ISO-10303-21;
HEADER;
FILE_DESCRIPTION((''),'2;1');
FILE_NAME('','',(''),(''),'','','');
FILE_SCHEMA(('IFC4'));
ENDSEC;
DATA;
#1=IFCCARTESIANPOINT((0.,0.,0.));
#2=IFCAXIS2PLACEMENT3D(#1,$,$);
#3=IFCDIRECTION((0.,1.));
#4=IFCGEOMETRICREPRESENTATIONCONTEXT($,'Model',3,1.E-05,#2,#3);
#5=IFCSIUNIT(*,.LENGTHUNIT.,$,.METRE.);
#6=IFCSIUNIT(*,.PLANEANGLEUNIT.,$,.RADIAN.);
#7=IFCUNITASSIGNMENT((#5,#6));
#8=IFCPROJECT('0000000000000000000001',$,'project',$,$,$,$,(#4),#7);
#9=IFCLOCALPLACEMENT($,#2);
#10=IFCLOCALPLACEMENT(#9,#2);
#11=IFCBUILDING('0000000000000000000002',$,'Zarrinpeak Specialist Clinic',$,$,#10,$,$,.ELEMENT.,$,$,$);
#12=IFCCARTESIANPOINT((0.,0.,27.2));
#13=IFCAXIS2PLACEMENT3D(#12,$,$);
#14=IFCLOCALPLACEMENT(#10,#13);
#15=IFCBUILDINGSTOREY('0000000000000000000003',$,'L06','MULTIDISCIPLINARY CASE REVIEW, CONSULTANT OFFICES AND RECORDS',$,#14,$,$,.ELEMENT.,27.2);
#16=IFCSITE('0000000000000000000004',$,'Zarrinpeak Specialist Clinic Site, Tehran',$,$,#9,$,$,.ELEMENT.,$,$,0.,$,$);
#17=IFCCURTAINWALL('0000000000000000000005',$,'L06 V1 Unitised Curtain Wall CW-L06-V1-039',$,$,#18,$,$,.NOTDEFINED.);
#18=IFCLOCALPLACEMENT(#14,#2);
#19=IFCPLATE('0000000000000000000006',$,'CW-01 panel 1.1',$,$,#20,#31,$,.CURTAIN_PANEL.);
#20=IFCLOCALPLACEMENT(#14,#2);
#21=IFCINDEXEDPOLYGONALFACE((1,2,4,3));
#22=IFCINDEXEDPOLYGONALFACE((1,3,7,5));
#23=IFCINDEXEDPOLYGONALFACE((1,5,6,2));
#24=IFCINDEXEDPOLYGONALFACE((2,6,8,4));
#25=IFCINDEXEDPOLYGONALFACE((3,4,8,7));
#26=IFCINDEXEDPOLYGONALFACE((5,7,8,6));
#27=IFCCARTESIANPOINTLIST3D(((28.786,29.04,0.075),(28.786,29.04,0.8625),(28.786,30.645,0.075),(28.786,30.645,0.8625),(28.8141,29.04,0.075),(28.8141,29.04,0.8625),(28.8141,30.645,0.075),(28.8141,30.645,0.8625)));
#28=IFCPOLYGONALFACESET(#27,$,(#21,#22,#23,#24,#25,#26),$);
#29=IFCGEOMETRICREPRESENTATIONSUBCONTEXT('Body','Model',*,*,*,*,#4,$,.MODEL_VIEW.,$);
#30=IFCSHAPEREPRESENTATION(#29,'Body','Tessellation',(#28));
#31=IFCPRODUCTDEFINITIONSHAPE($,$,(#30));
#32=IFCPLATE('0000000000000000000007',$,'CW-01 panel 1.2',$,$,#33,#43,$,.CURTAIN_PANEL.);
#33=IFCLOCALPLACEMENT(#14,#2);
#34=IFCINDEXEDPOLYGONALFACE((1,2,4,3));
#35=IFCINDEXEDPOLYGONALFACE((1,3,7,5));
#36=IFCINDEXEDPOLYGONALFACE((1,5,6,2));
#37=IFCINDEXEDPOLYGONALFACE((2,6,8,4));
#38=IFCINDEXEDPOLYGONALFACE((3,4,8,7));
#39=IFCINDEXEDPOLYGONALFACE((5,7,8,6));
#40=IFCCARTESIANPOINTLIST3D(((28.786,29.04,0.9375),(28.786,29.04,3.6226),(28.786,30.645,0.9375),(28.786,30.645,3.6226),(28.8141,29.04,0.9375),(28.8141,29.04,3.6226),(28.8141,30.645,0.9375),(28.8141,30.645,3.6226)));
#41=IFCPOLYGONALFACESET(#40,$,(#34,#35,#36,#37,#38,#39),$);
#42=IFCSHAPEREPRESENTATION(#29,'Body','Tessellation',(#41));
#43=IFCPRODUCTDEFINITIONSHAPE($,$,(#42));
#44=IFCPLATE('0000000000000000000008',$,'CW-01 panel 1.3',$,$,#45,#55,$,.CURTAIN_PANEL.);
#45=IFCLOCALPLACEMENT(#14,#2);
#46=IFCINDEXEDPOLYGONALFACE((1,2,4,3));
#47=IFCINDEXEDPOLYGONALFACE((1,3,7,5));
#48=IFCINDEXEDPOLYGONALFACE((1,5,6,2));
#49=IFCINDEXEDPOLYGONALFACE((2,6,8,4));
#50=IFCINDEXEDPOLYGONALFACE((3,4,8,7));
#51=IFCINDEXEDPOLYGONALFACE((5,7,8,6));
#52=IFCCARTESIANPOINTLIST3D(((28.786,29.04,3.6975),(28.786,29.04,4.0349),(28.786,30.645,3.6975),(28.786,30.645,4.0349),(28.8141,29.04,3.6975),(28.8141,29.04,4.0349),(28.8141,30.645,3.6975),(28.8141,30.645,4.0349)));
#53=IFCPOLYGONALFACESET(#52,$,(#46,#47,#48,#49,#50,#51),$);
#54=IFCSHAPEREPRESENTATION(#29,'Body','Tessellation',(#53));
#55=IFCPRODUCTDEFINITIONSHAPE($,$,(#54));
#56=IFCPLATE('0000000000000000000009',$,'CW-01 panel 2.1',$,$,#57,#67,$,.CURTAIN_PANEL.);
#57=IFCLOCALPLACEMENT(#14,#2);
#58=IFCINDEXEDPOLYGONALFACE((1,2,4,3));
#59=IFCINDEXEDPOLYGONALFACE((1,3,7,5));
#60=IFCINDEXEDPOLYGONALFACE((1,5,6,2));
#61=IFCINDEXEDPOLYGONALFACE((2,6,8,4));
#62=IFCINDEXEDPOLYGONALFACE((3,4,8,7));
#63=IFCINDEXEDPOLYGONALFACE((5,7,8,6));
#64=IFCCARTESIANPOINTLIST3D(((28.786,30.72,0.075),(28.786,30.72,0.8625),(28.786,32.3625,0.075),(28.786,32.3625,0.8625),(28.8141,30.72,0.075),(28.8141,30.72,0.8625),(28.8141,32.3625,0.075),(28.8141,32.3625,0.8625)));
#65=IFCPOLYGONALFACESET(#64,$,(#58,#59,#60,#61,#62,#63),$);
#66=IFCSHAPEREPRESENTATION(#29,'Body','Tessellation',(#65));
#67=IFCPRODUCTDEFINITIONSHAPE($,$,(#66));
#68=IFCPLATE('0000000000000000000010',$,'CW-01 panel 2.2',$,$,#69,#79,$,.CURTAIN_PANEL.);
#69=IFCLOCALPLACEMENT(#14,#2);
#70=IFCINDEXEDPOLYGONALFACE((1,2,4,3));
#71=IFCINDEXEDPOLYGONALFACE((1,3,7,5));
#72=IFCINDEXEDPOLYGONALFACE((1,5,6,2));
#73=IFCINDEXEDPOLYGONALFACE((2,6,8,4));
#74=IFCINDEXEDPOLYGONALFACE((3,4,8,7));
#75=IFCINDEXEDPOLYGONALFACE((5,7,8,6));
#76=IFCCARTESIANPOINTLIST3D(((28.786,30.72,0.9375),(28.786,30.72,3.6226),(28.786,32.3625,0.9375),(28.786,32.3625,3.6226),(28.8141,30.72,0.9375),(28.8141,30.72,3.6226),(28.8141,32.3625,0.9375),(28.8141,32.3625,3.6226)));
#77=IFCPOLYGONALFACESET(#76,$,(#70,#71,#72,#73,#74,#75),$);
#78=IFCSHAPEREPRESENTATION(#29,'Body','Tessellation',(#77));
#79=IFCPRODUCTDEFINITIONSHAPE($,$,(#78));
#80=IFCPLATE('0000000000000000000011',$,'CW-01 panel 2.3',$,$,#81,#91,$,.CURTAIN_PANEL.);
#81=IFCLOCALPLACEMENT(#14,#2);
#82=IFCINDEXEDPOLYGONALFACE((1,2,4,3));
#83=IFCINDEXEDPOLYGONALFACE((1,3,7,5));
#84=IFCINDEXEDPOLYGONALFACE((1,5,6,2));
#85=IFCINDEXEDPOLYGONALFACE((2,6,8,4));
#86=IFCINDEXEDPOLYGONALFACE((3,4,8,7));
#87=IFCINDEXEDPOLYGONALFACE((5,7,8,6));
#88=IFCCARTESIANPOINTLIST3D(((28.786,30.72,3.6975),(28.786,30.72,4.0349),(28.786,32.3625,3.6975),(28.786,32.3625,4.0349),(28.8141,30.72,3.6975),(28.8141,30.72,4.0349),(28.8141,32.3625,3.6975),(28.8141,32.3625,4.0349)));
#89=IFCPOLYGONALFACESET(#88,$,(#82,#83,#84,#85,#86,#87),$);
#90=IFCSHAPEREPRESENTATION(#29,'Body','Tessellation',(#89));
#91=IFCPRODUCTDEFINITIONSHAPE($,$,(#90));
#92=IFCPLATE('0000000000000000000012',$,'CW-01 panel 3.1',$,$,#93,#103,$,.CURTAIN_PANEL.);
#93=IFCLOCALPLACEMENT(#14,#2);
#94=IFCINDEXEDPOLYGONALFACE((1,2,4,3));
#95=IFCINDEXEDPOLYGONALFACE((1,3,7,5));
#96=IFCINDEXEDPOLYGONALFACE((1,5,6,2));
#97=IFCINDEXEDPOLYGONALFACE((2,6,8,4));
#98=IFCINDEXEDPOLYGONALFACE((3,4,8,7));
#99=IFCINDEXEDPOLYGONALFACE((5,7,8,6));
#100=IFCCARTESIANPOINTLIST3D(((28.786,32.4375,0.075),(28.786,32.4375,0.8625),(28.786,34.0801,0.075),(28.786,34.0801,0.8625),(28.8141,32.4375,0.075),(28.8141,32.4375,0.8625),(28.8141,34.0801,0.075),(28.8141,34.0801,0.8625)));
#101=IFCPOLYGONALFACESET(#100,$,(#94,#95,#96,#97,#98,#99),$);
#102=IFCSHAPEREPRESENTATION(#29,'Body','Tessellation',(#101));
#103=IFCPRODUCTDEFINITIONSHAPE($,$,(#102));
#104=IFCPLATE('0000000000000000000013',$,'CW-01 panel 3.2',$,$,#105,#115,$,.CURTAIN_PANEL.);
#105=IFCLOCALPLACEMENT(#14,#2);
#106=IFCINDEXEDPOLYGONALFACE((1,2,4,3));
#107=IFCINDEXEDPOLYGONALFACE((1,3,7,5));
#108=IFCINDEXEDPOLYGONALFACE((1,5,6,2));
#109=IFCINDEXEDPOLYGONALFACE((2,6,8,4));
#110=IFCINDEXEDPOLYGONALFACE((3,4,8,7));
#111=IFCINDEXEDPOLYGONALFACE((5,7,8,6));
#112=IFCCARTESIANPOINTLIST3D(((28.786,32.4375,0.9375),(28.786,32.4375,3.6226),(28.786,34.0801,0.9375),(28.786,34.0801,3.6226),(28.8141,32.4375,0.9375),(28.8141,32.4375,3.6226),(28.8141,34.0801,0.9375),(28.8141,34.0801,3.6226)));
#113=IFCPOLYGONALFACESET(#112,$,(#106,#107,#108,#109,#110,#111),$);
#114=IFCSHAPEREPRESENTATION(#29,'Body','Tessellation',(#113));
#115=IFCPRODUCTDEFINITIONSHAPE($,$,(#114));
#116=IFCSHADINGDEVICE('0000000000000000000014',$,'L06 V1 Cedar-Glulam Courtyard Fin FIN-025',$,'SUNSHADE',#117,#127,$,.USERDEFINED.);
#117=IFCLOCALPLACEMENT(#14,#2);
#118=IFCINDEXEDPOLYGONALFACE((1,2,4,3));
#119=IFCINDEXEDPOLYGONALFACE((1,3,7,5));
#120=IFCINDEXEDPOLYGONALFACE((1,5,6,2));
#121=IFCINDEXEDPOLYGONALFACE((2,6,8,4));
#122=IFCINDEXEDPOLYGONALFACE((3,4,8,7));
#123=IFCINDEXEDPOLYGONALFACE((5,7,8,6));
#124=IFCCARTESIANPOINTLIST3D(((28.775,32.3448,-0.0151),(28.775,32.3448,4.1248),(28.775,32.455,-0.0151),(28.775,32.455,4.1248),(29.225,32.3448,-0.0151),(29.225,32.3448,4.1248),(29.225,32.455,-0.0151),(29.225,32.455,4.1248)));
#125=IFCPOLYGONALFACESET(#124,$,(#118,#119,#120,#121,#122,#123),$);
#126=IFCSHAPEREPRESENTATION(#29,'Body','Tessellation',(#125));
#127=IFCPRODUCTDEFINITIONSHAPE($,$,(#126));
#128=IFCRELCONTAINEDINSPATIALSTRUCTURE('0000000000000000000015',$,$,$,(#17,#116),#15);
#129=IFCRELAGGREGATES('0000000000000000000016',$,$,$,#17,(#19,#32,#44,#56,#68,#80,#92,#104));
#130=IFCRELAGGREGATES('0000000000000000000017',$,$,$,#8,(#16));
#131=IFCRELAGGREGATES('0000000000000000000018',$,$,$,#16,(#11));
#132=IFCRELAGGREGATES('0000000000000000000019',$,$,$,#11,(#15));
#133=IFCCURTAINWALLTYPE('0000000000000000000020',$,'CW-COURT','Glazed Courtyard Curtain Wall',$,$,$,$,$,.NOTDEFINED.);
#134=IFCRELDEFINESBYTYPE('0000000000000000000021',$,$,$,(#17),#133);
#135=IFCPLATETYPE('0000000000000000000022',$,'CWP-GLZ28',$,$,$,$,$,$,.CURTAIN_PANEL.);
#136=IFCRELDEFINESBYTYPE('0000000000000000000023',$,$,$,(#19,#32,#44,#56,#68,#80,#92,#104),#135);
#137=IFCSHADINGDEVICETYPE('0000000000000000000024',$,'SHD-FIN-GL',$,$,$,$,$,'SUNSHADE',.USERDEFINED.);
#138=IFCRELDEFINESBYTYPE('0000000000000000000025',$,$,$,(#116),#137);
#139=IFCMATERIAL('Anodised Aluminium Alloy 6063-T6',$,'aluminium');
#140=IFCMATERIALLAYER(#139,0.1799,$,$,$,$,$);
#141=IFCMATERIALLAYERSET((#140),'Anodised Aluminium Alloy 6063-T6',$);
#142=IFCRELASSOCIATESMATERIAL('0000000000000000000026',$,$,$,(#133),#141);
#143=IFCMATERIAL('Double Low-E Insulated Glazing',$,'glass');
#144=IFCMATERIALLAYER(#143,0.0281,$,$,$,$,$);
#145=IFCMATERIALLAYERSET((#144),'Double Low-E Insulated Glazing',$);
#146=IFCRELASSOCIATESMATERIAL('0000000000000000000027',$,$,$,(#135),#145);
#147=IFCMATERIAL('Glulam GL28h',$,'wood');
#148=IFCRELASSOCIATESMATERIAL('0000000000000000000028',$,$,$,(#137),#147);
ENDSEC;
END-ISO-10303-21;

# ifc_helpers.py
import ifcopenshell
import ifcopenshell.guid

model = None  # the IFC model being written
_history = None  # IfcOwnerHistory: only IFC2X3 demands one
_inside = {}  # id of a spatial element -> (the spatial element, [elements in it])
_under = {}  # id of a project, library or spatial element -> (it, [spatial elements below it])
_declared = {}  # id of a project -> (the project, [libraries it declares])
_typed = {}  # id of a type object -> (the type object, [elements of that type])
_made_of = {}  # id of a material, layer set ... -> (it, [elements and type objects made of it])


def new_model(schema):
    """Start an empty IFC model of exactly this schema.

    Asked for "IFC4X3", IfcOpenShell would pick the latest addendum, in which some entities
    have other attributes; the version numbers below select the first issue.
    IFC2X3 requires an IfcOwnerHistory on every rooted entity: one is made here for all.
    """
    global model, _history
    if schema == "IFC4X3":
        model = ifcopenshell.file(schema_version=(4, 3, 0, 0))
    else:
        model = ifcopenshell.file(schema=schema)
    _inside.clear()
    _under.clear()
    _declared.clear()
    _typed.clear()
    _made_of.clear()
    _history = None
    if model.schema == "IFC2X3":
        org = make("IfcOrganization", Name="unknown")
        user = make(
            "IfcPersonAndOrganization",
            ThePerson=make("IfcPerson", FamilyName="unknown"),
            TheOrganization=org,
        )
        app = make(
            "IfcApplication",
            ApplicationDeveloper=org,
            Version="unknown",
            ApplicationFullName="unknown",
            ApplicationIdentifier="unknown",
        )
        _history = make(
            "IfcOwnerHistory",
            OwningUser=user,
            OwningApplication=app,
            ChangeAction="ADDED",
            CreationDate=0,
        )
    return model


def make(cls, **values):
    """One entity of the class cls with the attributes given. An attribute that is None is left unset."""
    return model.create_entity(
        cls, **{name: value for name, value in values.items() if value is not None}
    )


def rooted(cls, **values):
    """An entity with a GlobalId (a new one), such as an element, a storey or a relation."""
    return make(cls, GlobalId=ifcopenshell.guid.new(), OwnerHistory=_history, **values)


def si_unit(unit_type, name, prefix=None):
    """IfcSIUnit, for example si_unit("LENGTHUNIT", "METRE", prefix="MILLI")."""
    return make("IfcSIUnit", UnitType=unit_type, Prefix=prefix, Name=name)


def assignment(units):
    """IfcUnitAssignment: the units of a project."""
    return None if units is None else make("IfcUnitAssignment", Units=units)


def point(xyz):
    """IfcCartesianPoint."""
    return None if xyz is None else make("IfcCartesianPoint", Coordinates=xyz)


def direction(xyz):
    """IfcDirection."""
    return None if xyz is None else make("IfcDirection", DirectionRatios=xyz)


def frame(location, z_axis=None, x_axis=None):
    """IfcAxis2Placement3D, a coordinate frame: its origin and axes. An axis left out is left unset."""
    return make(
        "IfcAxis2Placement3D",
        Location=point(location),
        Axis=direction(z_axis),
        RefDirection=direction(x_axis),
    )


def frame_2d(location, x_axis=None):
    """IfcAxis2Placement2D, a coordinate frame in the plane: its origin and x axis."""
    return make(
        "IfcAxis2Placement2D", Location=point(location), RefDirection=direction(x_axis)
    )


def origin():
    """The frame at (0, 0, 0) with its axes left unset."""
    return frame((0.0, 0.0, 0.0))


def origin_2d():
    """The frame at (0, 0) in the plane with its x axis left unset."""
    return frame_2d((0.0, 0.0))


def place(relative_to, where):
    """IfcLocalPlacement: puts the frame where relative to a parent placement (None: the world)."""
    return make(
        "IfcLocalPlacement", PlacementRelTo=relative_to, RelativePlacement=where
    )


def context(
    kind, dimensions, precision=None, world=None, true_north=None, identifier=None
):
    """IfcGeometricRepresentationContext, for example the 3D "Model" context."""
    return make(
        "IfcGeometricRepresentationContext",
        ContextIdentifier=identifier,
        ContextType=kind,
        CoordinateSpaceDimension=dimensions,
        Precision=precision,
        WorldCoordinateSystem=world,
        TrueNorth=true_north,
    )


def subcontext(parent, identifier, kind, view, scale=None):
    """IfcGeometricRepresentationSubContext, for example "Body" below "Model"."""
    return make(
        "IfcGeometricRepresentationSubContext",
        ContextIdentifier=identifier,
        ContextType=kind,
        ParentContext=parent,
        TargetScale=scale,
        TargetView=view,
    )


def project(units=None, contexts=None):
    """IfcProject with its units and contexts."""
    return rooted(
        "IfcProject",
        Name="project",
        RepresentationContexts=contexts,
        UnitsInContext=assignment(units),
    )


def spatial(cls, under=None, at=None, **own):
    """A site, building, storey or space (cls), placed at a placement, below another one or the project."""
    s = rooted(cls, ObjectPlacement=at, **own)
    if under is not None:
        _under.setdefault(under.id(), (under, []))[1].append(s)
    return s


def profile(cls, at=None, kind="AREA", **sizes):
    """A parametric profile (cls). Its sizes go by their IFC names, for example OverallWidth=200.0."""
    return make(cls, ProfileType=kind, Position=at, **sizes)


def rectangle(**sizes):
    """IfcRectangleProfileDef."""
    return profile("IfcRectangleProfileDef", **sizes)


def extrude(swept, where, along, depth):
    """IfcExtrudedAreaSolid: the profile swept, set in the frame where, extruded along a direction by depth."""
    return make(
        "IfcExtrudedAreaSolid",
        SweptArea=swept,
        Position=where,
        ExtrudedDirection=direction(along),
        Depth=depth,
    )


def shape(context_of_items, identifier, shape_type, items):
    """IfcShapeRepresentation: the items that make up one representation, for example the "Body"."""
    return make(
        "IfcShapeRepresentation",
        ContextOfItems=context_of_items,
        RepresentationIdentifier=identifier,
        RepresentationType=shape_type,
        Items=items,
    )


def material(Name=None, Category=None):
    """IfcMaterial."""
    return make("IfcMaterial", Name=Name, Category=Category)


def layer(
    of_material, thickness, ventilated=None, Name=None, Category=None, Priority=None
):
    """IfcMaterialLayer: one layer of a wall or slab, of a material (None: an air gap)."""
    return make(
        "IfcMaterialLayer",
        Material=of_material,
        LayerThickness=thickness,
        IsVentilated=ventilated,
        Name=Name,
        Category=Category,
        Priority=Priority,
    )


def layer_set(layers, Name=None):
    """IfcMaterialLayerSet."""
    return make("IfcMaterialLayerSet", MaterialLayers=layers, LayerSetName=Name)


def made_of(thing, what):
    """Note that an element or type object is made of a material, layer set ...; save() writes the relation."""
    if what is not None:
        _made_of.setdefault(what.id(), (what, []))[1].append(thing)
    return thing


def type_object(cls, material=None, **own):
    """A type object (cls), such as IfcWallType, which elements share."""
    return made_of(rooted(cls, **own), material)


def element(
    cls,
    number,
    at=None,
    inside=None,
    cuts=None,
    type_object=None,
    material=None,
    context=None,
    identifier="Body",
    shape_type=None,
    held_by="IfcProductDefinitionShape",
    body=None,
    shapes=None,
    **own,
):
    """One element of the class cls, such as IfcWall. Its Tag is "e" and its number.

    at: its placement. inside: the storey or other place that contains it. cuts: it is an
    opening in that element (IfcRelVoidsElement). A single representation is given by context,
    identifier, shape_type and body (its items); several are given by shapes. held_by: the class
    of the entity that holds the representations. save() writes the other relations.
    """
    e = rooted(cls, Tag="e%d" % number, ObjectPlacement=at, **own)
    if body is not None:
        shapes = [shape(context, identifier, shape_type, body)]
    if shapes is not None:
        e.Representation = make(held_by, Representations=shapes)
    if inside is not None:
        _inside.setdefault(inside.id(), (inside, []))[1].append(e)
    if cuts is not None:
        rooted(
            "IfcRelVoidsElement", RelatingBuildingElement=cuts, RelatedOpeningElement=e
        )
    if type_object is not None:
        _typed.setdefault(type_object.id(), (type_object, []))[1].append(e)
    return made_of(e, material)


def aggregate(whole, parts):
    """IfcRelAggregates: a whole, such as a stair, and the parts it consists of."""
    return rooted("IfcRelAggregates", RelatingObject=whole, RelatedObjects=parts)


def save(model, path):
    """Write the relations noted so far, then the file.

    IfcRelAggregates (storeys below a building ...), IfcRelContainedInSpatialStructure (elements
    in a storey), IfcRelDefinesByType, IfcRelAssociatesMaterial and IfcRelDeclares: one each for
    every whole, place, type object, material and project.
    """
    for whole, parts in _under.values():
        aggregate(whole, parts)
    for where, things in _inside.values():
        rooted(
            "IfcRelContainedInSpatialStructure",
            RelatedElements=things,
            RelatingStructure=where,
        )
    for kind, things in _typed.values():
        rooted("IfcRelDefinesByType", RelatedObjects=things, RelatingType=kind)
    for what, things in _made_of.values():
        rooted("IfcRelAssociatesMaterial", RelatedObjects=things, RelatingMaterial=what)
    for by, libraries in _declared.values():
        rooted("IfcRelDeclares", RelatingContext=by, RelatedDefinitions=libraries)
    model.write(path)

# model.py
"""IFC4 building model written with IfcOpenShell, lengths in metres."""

from ifc_helpers import new_model, si_unit, direction, frame, origin, origin_2d, place, context, subcontext, project, spatial, rectangle, extrude, material, layer, layer_set, type_object, element, aggregate, save


model = new_model("IFC4")

# Units and contexts
model_context = context("Model", 3, precision=1e-05, world=origin(), true_north=direction((0.0, 1.0)))
body_context = subcontext(model_context, "Body", "Model", "MODEL_VIEW")
ifc_project = project(units=[si_unit("LENGTHUNIT", "METRE"), si_unit("PLANEANGLEUNIT", "RADIAN")], contexts=[model_context])

# Site, building, storey
site_placement = place(None, origin())
site = spatial("IfcSite", under=ifc_project, at=site_placement, Name="Zarrinpeak Specialist Clinic Site, Tehran", CompositionType="ELEMENT", RefElevation=0.0)
building_placement = place(site_placement, origin())
building = spatial("IfcBuilding", under=site, at=building_placement, Name="Zarrinpeak Specialist Clinic", CompositionType="ELEMENT")
storey_placement = place(building_placement, frame((0.0, 0.0, 27.2)))
storey = spatial("IfcBuildingStorey", under=building, at=storey_placement, Name="L06", Description="MULTIDISCIPLINARY CASE REVIEW, CONSULTANT OFFICES AND RECORDS", CompositionType="ELEMENT", Elevation=27.2)

# Curtain wall, plates
ifc_material_1 = material(Name="Anodised Aluminium Alloy 6063-T6", Category="aluminium")
ifc_layer_1 = layer(ifc_material_1, 0.1799)
ifc_layer_set_1 = layer_set([ifc_layer_1], Name="Anodised Aluminium Alloy 6063-T6")
curtain_wall_type = type_object("IfcCurtainWallType", Name="CW-COURT", Description="Glazed Courtyard Curtain Wall", PredefinedType="NOTDEFINED", material=ifc_layer_set_1)
curtain_wall_placement = place(storey_placement, origin())
curtain_wall = element("IfcCurtainWall", 1, at=curtain_wall_placement, inside=storey, type_object=curtain_wall_type, Name="L06 V1 Unitised Curtain Wall CW-L06-V1-039", PredefinedType="NOTDEFINED")
ifc_material_2 = material(Name="Double Low-E Insulated Glazing", Category="glass")
ifc_layer_2 = layer(ifc_material_2, 0.0281)
ifc_layer_set_2 = layer_set([ifc_layer_2], Name="Double Low-E Insulated Glazing")
plate_type = type_object("IfcPlateType", Name="CWP-GLZ28", PredefinedType="CURTAIN_PANEL", material=ifc_layer_set_2)
plate_1_placement = place(storey_placement, frame((28.8, 29.8425, 0.075), z_axis=(0.0, 0.0, 1.0), x_axis=(0.0, 1.0, 0.0)))
plate_1 = element("IfcPlate", 2, at=plate_1_placement, type_object=plate_type, Name="CW-01 panel 1.1", PredefinedType="CURTAIN_PANEL", context=body_context, shape_type="SweptSolid", body=[
    extrude(rectangle(XDim=1.605, YDim=0.0281, at=origin_2d()), origin(), (0.0, 0.0, 1.0), 0.7876),
])
plate_2_placement = place(storey_placement, frame((28.8, 29.8425, 0.9375), z_axis=(0.0, 0.0, 1.0), x_axis=(0.0, 1.0, 0.0)))
plate_2 = element("IfcPlate", 3, at=plate_2_placement, type_object=plate_type, Name="CW-01 panel 1.2", PredefinedType="CURTAIN_PANEL", context=body_context, shape_type="SweptSolid", body=[
    extrude(rectangle(XDim=1.605, YDim=0.0281, at=origin_2d()), origin(), (0.0, 0.0, 1.0), 2.6851),
])
plate_3_placement = place(storey_placement, frame((28.8, 29.8425, 3.6975), z_axis=(0.0, 0.0, 1.0), x_axis=(0.0, 1.0, 0.0)))
plate_3 = element("IfcPlate", 4, at=plate_3_placement, type_object=plate_type, Name="CW-01 panel 1.3", PredefinedType="CURTAIN_PANEL", context=body_context, shape_type="SweptSolid", body=[
    extrude(rectangle(XDim=1.605, YDim=0.0281, at=origin_2d()), origin(), (0.0, 0.0, 1.0), 0.3374),
])
plate_4_placement = place(storey_placement, frame((28.8, 31.5413, 0.075), z_axis=(0.0, 0.0, 1.0), x_axis=(0.0, 1.0, 0.0)))
plate_4 = element("IfcPlate", 5, at=plate_4_placement, type_object=plate_type, Name="CW-01 panel 2.1", PredefinedType="CURTAIN_PANEL", context=body_context, shape_type="SweptSolid", body=[
    extrude(rectangle(XDim=1.6426, YDim=0.0281, at=origin_2d()), origin(), (0.0, 0.0, 1.0), 0.7876),
])
plate_5_placement = place(storey_placement, frame((28.8, 31.5413, 0.9375), z_axis=(0.0, 0.0, 1.0), x_axis=(0.0, 1.0, 0.0)))
plate_5 = element("IfcPlate", 6, at=plate_5_placement, type_object=plate_type, Name="CW-01 panel 2.2", PredefinedType="CURTAIN_PANEL", context=body_context, shape_type="SweptSolid", body=[
    extrude(rectangle(XDim=1.6426, YDim=0.0281, at=origin_2d()), origin(), (0.0, 0.0, 1.0), 2.6851),
])
plate_6_placement = place(storey_placement, frame((28.8, 31.5413, 3.6975), z_axis=(0.0, 0.0, 1.0), x_axis=(0.0, 1.0, 0.0)))
plate_6 = element("IfcPlate", 7, at=plate_6_placement, type_object=plate_type, Name="CW-01 panel 2.3", PredefinedType="CURTAIN_PANEL", context=body_context, shape_type="SweptSolid", body=[
    extrude(rectangle(XDim=1.6426, YDim=0.0281, at=origin_2d()), origin(), (0.0, 0.0, 1.0), 0.3374),
])
plate_7_placement = place(storey_placement, frame((28.8, 33.2588, 0.075), z_axis=(0.0, 0.0, 1.0), x_axis=(0.0, 1.0, 0.0)))
plate_7 = element("IfcPlate", 8, at=plate_7_placement, type_object=plate_type, Name="CW-01 panel 3.1", PredefinedType="CURTAIN_PANEL", context=body_context, shape_type="SweptSolid", body=[
    extrude(rectangle(XDim=1.6426, YDim=0.0281, at=origin_2d()), origin(), (0.0, 0.0, 1.0), 0.7876),
])
plate_8_placement = place(storey_placement, frame((28.8, 33.2588, 0.9375), z_axis=(0.0, 0.0, 1.0), x_axis=(0.0, 1.0, 0.0)))
plate_8 = element("IfcPlate", 9, at=plate_8_placement, type_object=plate_type, Name="CW-01 panel 3.2", PredefinedType="CURTAIN_PANEL", context=body_context, shape_type="SweptSolid", body=[
    extrude(rectangle(XDim=1.6426, YDim=0.0281, at=origin_2d()), origin(), (0.0, 0.0, 1.0), 2.6851),
])
aggregate(curtain_wall, [plate_1, plate_2, plate_3, plate_4, plate_5, plate_6, plate_7, plate_8])

# Shading device
ifc_material_3 = material(Name="Glulam GL28h", Category="wood")
shading_device_type = type_object("IfcShadingDeviceType", Name="SHD-FIN-GL", ElementType="SUNSHADE", PredefinedType="USERDEFINED", material=ifc_material_3)
shading_device_placement = place(storey_placement, frame((29.0, 32.3999, -0.0151), z_axis=(0.0, 0.0, 1.0), x_axis=(1.0, 0.0, 0.0)))
element("IfcShadingDevice", 10, at=shading_device_placement, inside=storey, type_object=shading_device_type, Name="L06 V1 Cedar-Glulam Courtyard Fin FIN-025", ObjectType="SUNSHADE", PredefinedType="USERDEFINED", context=body_context, shape_type="SweptSolid", body=[
    extrude(rectangle(XDim=0.45, YDim=0.1101, at=origin_2d()), origin(), (0.0, 0.0, 1.0), 4.1399),
])

save(model, "model.ifc")
